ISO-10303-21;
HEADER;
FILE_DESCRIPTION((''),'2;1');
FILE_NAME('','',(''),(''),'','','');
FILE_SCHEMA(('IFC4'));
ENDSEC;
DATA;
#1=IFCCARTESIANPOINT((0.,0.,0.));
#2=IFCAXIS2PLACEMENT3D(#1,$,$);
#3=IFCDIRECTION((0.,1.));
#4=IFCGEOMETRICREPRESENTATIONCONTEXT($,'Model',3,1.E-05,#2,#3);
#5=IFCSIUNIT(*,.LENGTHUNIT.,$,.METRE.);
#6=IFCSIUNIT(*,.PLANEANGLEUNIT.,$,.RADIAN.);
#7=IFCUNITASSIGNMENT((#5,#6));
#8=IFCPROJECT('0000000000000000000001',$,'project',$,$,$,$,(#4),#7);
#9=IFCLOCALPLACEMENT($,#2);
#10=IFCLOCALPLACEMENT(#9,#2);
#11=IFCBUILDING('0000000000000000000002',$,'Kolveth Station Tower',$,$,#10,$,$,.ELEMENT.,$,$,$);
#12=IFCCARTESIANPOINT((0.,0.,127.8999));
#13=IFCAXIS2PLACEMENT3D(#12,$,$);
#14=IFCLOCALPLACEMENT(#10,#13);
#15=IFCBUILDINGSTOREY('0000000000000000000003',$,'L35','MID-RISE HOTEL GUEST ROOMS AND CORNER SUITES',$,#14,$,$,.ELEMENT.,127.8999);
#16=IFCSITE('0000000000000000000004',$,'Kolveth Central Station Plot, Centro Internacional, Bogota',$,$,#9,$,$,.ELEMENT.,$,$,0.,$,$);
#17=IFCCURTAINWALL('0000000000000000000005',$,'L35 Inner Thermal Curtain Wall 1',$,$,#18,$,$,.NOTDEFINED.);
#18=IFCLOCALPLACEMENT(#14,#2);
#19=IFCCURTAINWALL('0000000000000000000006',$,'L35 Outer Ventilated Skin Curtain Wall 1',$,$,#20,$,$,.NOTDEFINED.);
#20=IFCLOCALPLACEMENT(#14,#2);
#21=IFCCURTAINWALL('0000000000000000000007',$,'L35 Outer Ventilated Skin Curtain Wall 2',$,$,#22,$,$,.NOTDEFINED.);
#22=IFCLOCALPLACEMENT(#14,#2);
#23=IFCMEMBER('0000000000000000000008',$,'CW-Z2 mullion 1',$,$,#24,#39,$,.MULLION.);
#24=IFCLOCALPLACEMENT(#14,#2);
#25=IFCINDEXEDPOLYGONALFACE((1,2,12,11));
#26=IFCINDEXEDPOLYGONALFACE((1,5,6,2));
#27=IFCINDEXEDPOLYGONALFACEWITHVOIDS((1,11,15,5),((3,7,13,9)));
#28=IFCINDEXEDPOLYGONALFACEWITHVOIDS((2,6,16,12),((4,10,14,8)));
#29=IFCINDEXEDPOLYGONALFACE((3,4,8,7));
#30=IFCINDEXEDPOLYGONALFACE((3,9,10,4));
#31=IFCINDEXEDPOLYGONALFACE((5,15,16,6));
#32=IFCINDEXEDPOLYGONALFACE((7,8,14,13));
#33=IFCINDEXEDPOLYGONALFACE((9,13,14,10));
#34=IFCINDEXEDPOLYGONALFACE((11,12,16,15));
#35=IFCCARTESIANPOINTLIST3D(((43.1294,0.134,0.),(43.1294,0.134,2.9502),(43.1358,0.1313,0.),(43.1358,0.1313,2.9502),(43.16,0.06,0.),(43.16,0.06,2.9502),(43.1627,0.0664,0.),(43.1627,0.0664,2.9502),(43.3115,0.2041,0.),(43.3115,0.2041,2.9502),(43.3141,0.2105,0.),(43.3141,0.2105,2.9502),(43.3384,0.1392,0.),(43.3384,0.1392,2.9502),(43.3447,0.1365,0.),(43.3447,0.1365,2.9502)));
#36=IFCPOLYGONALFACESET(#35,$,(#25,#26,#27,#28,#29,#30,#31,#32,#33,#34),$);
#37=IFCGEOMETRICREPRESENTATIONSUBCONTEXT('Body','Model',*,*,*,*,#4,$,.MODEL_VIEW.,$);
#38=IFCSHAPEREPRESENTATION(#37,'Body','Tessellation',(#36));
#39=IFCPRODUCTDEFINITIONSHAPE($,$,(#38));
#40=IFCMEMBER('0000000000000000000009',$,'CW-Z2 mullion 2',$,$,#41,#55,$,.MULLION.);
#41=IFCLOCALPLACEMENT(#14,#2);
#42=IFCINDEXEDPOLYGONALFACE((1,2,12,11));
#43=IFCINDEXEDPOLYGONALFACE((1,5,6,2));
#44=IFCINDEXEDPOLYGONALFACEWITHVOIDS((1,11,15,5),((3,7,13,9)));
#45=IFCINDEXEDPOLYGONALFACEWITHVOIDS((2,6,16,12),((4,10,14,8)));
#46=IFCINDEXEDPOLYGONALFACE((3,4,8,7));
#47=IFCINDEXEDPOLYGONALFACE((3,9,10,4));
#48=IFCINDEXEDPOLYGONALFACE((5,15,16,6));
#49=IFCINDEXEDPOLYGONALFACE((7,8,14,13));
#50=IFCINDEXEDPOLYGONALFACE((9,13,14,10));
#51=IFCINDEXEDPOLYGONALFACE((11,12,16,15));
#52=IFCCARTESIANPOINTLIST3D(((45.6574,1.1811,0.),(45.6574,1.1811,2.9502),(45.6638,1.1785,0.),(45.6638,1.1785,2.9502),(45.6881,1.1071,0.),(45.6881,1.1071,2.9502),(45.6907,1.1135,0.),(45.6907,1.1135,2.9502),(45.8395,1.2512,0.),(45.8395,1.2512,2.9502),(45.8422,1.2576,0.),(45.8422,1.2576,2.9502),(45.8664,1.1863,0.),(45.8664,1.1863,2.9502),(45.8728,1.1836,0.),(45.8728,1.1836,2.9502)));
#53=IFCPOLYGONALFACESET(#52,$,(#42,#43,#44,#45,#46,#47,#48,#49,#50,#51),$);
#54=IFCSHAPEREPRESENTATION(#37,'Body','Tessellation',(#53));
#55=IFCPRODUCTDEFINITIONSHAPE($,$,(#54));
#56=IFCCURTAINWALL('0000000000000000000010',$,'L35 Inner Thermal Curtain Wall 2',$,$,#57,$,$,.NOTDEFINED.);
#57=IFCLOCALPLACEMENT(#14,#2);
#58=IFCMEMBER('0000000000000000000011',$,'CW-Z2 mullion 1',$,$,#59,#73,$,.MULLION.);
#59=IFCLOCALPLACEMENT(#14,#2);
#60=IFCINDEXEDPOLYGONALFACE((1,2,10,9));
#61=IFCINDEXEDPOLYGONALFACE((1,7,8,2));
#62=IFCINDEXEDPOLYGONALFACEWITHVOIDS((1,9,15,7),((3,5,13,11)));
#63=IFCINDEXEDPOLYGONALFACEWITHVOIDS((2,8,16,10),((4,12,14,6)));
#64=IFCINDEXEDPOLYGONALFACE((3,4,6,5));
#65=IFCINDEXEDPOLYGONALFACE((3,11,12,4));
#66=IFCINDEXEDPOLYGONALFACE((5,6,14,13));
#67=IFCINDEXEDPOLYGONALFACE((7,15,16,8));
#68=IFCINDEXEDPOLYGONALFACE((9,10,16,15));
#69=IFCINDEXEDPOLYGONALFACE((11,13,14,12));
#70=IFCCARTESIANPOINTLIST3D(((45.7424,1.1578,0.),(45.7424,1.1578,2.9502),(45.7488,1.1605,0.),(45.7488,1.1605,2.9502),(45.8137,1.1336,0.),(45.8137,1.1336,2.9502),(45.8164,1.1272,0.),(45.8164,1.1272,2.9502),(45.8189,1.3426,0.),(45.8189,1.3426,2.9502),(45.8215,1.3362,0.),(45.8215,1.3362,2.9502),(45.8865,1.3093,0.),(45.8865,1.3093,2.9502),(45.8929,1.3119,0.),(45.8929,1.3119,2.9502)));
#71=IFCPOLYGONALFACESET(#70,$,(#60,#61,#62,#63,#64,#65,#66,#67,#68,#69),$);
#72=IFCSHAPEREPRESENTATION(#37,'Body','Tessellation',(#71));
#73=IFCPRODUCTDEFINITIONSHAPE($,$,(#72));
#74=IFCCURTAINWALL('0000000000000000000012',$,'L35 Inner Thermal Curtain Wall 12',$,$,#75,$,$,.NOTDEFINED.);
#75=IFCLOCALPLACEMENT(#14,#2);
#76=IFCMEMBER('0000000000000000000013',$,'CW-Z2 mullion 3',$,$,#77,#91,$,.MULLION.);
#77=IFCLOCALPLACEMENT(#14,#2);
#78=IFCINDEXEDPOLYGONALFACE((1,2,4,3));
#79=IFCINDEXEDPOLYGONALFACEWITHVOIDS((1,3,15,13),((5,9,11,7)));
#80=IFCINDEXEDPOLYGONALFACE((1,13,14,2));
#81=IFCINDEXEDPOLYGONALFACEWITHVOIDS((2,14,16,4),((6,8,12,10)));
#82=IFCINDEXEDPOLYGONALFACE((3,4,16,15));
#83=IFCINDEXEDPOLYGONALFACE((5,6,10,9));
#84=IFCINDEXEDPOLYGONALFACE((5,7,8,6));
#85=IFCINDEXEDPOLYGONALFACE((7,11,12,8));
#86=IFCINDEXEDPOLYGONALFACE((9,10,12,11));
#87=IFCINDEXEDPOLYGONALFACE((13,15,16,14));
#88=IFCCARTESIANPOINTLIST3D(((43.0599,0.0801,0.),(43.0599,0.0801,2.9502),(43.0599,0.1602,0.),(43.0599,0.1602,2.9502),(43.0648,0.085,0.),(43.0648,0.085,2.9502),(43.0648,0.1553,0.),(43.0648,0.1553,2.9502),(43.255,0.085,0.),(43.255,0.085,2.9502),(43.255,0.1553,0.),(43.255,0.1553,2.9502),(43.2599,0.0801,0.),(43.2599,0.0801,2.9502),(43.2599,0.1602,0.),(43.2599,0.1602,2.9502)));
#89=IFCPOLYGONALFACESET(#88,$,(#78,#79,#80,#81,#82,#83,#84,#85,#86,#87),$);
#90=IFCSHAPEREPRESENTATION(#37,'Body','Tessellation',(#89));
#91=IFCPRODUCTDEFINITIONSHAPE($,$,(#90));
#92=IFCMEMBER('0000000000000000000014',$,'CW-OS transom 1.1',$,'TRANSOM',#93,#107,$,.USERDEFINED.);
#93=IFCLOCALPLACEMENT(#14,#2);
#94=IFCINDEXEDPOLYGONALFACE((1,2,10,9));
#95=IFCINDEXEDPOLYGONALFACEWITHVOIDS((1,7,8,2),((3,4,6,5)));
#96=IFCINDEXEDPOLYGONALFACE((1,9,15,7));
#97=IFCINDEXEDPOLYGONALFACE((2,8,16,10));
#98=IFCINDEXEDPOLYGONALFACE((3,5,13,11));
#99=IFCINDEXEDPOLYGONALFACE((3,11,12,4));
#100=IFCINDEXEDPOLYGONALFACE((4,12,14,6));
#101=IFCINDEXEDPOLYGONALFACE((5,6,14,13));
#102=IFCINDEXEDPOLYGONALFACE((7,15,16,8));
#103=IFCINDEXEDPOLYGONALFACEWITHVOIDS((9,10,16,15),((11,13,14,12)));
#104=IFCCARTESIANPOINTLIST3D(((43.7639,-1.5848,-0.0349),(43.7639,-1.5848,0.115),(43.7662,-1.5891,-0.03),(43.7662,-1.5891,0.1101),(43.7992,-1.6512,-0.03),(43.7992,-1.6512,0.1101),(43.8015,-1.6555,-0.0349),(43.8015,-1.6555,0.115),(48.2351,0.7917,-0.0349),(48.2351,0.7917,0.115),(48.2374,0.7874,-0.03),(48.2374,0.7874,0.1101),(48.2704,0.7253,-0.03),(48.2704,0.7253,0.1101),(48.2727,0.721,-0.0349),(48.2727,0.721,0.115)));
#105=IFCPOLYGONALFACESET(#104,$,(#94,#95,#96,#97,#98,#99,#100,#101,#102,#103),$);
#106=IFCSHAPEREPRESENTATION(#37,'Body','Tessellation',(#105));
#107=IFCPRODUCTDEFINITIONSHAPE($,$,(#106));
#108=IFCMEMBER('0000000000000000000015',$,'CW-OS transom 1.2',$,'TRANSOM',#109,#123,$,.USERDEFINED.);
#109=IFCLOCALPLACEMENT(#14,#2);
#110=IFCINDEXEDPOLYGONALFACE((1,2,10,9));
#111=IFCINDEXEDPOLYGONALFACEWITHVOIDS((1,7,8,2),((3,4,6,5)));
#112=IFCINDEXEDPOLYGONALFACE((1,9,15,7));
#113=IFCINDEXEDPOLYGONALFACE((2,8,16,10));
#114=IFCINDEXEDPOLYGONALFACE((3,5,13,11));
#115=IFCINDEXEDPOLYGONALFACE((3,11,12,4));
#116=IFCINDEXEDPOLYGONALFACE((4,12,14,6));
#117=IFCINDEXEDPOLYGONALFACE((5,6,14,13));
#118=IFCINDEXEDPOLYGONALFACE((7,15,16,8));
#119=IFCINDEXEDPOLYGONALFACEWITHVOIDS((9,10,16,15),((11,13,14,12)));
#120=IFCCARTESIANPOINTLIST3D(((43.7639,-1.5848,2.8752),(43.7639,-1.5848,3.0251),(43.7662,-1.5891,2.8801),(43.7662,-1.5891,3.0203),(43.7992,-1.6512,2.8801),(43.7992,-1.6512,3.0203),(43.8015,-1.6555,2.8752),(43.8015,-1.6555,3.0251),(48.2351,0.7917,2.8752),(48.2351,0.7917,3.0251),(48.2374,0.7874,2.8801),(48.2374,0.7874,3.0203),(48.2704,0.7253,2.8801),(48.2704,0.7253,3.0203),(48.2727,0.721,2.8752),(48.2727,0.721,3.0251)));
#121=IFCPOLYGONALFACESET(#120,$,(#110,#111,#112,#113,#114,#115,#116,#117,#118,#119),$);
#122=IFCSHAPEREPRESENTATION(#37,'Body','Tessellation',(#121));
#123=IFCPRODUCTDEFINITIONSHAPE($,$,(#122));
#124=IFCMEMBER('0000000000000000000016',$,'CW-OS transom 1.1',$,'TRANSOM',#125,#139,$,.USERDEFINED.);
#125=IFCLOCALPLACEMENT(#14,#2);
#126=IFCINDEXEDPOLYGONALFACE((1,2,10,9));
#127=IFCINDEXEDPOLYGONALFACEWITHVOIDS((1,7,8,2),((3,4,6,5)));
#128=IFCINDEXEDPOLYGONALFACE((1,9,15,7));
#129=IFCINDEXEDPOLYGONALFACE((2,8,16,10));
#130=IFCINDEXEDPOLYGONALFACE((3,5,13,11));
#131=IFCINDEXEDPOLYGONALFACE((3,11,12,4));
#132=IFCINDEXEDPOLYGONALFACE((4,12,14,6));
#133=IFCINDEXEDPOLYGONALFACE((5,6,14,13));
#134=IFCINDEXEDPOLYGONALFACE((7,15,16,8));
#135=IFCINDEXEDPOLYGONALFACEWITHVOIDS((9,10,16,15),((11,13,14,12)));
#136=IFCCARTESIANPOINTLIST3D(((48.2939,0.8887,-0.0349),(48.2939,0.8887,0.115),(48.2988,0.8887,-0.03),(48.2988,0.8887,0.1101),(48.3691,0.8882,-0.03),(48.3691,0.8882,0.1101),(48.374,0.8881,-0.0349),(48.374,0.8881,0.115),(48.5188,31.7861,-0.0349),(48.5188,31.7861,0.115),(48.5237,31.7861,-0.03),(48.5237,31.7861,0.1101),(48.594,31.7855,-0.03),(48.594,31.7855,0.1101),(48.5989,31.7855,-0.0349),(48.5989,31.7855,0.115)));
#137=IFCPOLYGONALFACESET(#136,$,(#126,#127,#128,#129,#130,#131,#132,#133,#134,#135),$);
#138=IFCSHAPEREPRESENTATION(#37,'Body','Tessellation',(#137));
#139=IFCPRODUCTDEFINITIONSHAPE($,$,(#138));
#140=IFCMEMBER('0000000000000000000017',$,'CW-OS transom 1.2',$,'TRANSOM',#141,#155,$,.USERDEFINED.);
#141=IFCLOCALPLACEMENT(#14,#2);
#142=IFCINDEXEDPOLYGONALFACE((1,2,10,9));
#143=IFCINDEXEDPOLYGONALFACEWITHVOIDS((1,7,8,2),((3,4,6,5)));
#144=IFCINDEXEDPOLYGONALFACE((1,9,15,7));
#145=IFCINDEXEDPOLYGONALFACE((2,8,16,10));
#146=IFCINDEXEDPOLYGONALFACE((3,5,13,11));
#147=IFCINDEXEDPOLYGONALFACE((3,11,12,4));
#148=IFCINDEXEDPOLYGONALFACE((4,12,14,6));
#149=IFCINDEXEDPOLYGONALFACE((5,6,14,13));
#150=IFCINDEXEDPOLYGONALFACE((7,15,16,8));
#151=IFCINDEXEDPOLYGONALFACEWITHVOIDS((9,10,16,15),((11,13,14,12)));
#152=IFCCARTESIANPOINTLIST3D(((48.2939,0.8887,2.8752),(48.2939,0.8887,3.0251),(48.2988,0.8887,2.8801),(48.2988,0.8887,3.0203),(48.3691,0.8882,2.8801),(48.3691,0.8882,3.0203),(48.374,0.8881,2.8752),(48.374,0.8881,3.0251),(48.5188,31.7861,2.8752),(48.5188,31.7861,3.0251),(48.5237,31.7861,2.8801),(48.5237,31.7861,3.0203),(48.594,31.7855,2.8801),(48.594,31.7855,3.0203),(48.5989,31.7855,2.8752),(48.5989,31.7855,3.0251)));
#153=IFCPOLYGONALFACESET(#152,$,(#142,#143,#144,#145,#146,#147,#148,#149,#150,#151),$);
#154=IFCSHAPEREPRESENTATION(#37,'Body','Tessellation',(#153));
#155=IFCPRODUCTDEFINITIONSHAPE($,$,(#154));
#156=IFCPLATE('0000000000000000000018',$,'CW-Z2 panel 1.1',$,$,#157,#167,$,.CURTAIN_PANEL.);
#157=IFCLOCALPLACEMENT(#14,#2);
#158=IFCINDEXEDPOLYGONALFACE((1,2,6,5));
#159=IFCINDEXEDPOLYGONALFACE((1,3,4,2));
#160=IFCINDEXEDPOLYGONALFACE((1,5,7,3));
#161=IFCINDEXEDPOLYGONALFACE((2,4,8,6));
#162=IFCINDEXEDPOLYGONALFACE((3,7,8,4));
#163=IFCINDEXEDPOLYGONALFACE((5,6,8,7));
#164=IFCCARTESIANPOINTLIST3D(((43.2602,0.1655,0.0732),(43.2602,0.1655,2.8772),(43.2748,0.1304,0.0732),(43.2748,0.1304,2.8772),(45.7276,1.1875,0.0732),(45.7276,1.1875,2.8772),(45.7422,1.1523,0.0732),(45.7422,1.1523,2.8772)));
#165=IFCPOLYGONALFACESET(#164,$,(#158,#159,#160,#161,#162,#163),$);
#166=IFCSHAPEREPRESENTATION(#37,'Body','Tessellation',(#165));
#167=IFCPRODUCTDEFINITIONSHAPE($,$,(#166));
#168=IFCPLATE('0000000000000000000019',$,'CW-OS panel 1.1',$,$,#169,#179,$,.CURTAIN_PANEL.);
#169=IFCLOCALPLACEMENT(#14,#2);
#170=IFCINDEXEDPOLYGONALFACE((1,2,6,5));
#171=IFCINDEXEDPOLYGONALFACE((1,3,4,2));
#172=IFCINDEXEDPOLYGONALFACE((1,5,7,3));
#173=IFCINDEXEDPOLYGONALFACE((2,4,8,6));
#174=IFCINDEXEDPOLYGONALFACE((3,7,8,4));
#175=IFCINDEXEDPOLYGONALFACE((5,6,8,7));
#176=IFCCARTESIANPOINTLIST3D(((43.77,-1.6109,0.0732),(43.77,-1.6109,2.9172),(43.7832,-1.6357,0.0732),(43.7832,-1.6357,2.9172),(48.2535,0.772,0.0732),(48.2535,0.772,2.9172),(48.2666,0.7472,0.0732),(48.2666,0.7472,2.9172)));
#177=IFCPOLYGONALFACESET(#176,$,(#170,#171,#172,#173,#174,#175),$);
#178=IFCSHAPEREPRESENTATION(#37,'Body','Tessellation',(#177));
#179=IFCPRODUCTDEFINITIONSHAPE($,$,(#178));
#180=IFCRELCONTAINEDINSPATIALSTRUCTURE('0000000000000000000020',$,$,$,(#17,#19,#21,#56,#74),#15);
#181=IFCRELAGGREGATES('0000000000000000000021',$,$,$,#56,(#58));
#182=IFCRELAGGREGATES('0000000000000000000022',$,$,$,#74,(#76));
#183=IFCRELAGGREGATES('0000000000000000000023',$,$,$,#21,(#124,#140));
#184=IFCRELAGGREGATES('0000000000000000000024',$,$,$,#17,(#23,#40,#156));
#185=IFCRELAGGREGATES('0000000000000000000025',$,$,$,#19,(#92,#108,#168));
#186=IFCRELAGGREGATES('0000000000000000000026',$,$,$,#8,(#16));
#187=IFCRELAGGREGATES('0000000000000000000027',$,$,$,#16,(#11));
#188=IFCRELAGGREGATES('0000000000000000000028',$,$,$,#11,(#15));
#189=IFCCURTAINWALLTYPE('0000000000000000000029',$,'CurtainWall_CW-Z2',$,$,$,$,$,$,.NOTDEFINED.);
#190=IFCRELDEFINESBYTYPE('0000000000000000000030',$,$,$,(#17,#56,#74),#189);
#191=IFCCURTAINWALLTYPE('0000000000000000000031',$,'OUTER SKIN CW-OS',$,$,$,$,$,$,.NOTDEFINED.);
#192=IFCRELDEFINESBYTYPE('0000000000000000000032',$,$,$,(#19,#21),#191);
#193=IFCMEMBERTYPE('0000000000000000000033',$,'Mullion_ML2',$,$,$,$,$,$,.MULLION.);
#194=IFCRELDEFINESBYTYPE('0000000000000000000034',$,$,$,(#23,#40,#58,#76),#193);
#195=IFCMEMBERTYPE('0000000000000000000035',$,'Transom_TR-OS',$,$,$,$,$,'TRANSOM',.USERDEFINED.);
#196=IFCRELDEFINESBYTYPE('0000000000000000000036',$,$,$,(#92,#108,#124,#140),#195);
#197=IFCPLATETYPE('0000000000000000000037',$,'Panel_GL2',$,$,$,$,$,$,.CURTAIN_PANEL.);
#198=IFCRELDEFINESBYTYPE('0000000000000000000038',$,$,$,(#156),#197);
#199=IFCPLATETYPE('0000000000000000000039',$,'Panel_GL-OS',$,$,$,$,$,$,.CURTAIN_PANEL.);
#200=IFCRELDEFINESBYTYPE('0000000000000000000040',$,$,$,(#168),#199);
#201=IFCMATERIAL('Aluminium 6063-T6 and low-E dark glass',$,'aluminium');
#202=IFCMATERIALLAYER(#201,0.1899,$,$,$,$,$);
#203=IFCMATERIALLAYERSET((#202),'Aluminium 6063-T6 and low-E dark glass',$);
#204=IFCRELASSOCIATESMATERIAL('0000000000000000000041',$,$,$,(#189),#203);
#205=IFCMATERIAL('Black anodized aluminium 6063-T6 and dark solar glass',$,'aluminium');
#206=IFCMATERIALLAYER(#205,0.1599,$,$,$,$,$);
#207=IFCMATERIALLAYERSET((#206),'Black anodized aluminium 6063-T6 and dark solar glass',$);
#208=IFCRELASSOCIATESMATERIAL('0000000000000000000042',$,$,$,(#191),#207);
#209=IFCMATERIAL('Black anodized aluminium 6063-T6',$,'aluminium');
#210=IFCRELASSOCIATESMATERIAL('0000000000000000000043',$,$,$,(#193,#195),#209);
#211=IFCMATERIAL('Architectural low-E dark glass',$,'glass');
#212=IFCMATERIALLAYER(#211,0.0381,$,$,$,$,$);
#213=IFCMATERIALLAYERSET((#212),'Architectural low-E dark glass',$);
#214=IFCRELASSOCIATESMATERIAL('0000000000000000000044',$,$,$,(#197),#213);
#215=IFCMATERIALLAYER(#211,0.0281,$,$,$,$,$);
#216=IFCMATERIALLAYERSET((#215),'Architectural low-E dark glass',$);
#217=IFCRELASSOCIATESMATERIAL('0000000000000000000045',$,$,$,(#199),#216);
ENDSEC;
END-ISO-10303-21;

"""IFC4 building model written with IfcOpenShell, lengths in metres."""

from ifc_helpers import new_model, si_unit, direction, frame, origin, origin_2d, place, context, subcontext, project, spatial, rectangle, hollow_rectangle, extrude, source, transform, mapped, material, layer, layer_set, material_profile, profile_set, type_object, element, aggregate, save


model = new_model("IFC4")

# Units and contexts
model_context = context("Model", 3, precision=1e-05, world=origin(), true_north=direction((0.0, 1.0)))
body_context = subcontext(model_context, "Body", "Model", "MODEL_VIEW")
ifc_project = project(units=[si_unit("LENGTHUNIT", "METRE"), si_unit("PLANEANGLEUNIT", "RADIAN")], contexts=[model_context])

# Site, building, storey
site_placement = place(None, origin())
site = spatial("IfcSite", under=ifc_project, at=site_placement, Name="Kolveth Central Station Plot, Centro Internacional, Bogota", CompositionType="ELEMENT", RefElevation=0.0)
building_placement = place(site_placement, origin())
building = spatial("IfcBuilding", under=site, at=building_placement, Name="Kolveth Station Tower", CompositionType="ELEMENT")
storey_placement = place(building_placement, frame((0.0, 0.0, 127.8999)))
storey = spatial("IfcBuildingStorey", under=building, at=storey_placement, Name="L35", Description="MID-RISE HOTEL GUEST ROOMS AND CORNER SUITES", CompositionType="ELEMENT", Elevation=127.8999)

# Curtain walls
ifc_material_1 = material(Name="Aluminium 6063-T6 and low-E dark glass", Category="aluminium")
ifc_layer_1 = layer(ifc_material_1, 0.1899)
ifc_layer_set_1 = layer_set([ifc_layer_1], Name="Aluminium 6063-T6 and low-E dark glass")
curtain_wall_type_1 = type_object("IfcCurtainWallType", Name="CurtainWall_CW-Z2", PredefinedType="NOTDEFINED", material=ifc_layer_set_1)
curtain_wall_1_placement = place(storey_placement, origin())
curtain_wall_1 = element("IfcCurtainWall", 1, at=curtain_wall_1_placement, inside=storey, type_object=curtain_wall_type_1, Name="L35 Inner Thermal Curtain Wall 1", PredefinedType="NOTDEFINED")
ifc_material_2 = material(Name="Black anodized aluminium 6063-T6", Category="aluminium")
ifc_material_3 = material(Name="Black anodized aluminium 6063-T6 and dark solar glass", Category="aluminium")
ifc_layer_2 = layer(ifc_material_3, 0.1599)
ifc_layer_set_2 = layer_set([ifc_layer_2], Name="Black anodized aluminium 6063-T6 and dark solar glass")
curtain_wall_type_2 = type_object("IfcCurtainWallType", Name="OUTER SKIN CW-OS", PredefinedType="NOTDEFINED", material=ifc_layer_set_2)
curtain_wall_2_placement = place(storey_placement, origin())
curtain_wall_2 = element("IfcCurtainWall", 2, at=curtain_wall_2_placement, inside=storey, type_object=curtain_wall_type_2, Name="L35 Outer Ventilated Skin Curtain Wall 1", PredefinedType="NOTDEFINED")

# Curtain wall
curtain_wall_3_placement = place(storey_placement, origin())
curtain_wall_3 = element("IfcCurtainWall", 3, at=curtain_wall_3_placement, inside=storey, type_object=curtain_wall_type_2, Name="L35 Outer Ventilated Skin Curtain Wall 2", PredefinedType="NOTDEFINED")

# Members
ifc_material_profile_1 = material_profile(ifc_material_2, hollow_rectangle(XDim=0.0801, YDim=0.2, WallThickness=0.0049, at=origin_2d()), Name="ALU-80x200x5")
ifc_profile_set_1 = profile_set([ifc_material_profile_1], Name="Black anodized aluminium 6063-T6")
member_type_1 = type_object("IfcMemberType", Name="Mullion_ML2", PredefinedType="MULLION", material=ifc_profile_set_1)
shared_shape_1 = source(origin(), body_context, "Body", "SweptSolid", [
    extrude(hollow_rectangle(XDim=0.0801, YDim=0.2, WallThickness=0.0049, at=origin_2d()), origin(), (0.0, 0.0, 1.0), 2.9502),
])
member_1_placement = place(storey_placement, frame((43.2371, 0.1353, 0.0), z_axis=(0.0, 0.0, 1.0), x_axis=(-0.382663, 0.923888, 0.0)))
member_1 = element("IfcMember", 4, at=member_1_placement, type_object=member_type_1, Name="CW-Z2 mullion 1", PredefinedType="MULLION", context=body_context, shape_type="MappedRepresentation", body=[
    mapped(shared_shape_1, transform((0.0, 0.0, 0.0), x_axis=(1.0, 0.0, 0.0), y_axis=(0.0, 1.0, 0.0), z_axis=(0.0, 0.0, 1.0), scale=1.0)),
])
member_2_placement = place(storey_placement, frame((45.7651, 1.1824, 0.0), z_axis=(0.0, 0.0, 1.0), x_axis=(-0.382663, 0.923888, 0.0)))
member_2 = element("IfcMember", 5, at=member_2_placement, type_object=member_type_1, Name="CW-Z2 mullion 2", PredefinedType="MULLION", context=body_context, shape_type="MappedRepresentation", body=[
    mapped(shared_shape_1, transform((0.0, 0.0, 0.0), x_axis=(1.0, 0.0, 0.0), y_axis=(0.0, 1.0, 0.0), z_axis=(0.0, 0.0, 1.0), scale=1.0)),
])

# Curtain walls, members
curtain_wall_4_placement = place(storey_placement, origin())
curtain_wall_4 = element("IfcCurtainWall", 6, at=curtain_wall_4_placement, inside=storey, type_object=curtain_wall_type_1, Name="L35 Inner Thermal Curtain Wall 2", PredefinedType="NOTDEFINED")
member_3_placement = place(storey_placement, frame((45.8176, 1.2349, 0.0), z_axis=(0.0, 0.0, 1.0), x_axis=(-0.923888, 0.382663, 0.0)))
member_3 = element("IfcMember", 7, at=member_3_placement, type_object=member_type_1, Name="CW-Z2 mullion 1", PredefinedType="MULLION", context=body_context, shape_type="MappedRepresentation", body=[
    mapped(shared_shape_1, transform((0.0, 0.0, 0.0), x_axis=(1.0, 0.0, 0.0), y_axis=(0.0, 1.0, 0.0), z_axis=(0.0, 0.0, 1.0), scale=1.0)),
])
aggregate(curtain_wall_4, [member_3])
curtain_wall_5_placement = place(storey_placement, origin())
curtain_wall_5 = element("IfcCurtainWall", 8, at=curtain_wall_5_placement, inside=storey, type_object=curtain_wall_type_1, Name="L35 Inner Thermal Curtain Wall 12", PredefinedType="NOTDEFINED")
member_4_placement = place(storey_placement, frame((43.1599, 0.1201, 0.0), z_axis=(0.0, 0.0, 1.0), x_axis=(0.0, 1.0, 0.0)))
member_4 = element("IfcMember", 9, at=member_4_placement, type_object=member_type_1, Name="CW-Z2 mullion 3", PredefinedType="MULLION", context=body_context, shape_type="MappedRepresentation", body=[
    mapped(shared_shape_1, transform((0.0, 0.0, 0.0), x_axis=(1.0, 0.0, 0.0), y_axis=(0.0, 1.0, 0.0), z_axis=(0.0, 0.0, 1.0), scale=1.0)),
])
aggregate(curtain_wall_5, [member_4])

# Members
ifc_material_profile_2 = material_profile(ifc_material_2, hollow_rectangle(XDim=0.0801, YDim=0.1499, WallThickness=0.0049, at=origin_2d()), Name="ALU-80x150x5")
ifc_profile_set_2 = profile_set([ifc_material_profile_2], Name="Black anodized aluminium 6063-T6")
member_type_2 = type_object("IfcMemberType", Name="Transom_TR-OS", ElementType="TRANSOM", PredefinedType="USERDEFINED", material=ifc_profile_set_2)
shared_shape_2 = source(origin(), body_context, "Body", "SweptSolid", [
    extrude(hollow_rectangle(XDim=0.0801, YDim=0.1499, WallThickness=0.0049, at=origin_2d()), origin(), (0.0, 0.0, 1.0), 5.0635),
])
member_5_placement = place(storey_placement, frame((43.7827, -1.6201, 0.04), z_axis=(0.883022, 0.469331, 0.0), x_axis=(-0.469331, 0.883022, 0.0)))
member_5 = element("IfcMember", 10, at=member_5_placement, type_object=member_type_2, Name="CW-OS transom 1.1", ObjectType="TRANSOM", PredefinedType="USERDEFINED", context=body_context, shape_type="MappedRepresentation", body=[
    mapped(shared_shape_2, transform((0.0, 0.0, 0.0), x_axis=(1.0, 0.0, 0.0), y_axis=(0.0, 1.0, 0.0), z_axis=(0.0, 0.0, 1.0), scale=1.0)),
])
member_6_placement = place(storey_placement, frame((43.7827, -1.6201, 2.9502), z_axis=(0.883022, 0.469331, 0.0), x_axis=(-0.469331, 0.883022, 0.0)))
member_6 = element("IfcMember", 11, at=member_6_placement, type_object=member_type_2, Name="CW-OS transom 1.2", ObjectType="TRANSOM", PredefinedType="USERDEFINED", context=body_context, shape_type="MappedRepresentation", body=[
    mapped(shared_shape_2, transform((0.0, 0.0, 0.0), x_axis=(1.0, 0.0, 0.0), y_axis=(0.0, 1.0, 0.0), z_axis=(0.0, 0.0, 1.0), scale=1.0)),
])
shared_shape_3 = source(origin(), body_context, "Body", "SweptSolid", [
    extrude(hollow_rectangle(XDim=0.0801, YDim=0.1499, WallThickness=0.0049, at=origin_2d()), origin(), (0.0, 0.0, 1.0), 30.8982),
])
member_7_placement = place(storey_placement, frame((48.334, 0.8884, 0.04), z_axis=(0.007277, 0.999974, 0.0), x_axis=(-0.999974, 0.007277, 0.0)))
member_7 = element("IfcMember", 12, at=member_7_placement, type_object=member_type_2, Name="CW-OS transom 1.1", ObjectType="TRANSOM", PredefinedType="USERDEFINED", context=body_context, shape_type="MappedRepresentation", body=[
    mapped(shared_shape_3, transform((0.0, 0.0, 0.0), x_axis=(1.0, 0.0, 0.0), y_axis=(0.0, 1.0, 0.0), z_axis=(0.0, 0.0, 1.0), scale=1.0)),
])
member_8_placement = place(storey_placement, frame((48.334, 0.8884, 2.9502), z_axis=(0.007277, 0.999974, 0.0), x_axis=(-0.999974, 0.007277, 0.0)))
member_8 = element("IfcMember", 13, at=member_8_placement, type_object=member_type_2, Name="CW-OS transom 1.2", ObjectType="TRANSOM", PredefinedType="USERDEFINED", context=body_context, shape_type="MappedRepresentation", body=[
    mapped(shared_shape_3, transform((0.0, 0.0, 0.0), x_axis=(1.0, 0.0, 0.0), y_axis=(0.0, 1.0, 0.0), z_axis=(0.0, 0.0, 1.0), scale=1.0)),
])
aggregate(curtain_wall_3, [member_7, member_8])

# Plates
ifc_material_4 = material(Name="Architectural low-E dark glass", Category="glass")
ifc_layer_3 = layer(ifc_material_4, 0.0381)
ifc_layer_set_3 = layer_set([ifc_layer_3], Name="Architectural low-E dark glass")
plate_type_1 = type_object("IfcPlateType", Name="Panel_GL2", PredefinedType="CURTAIN_PANEL", material=ifc_layer_set_3)
shared_shape_4 = source(origin(), body_context, "Body", "SweptSolid", [
    extrude(rectangle(XDim=2.6707, YDim=0.0381, at=origin_2d()), origin(), (0.0, 0.0, 1.0), 2.804),
])
plate_1_placement = place(storey_placement, frame((44.5012, 0.6589, 0.0732), z_axis=(0.0, 0.0, 1.0), x_axis=(0.923888, 0.382663, 0.0)))
plate_1 = element("IfcPlate", 14, at=plate_1_placement, type_object=plate_type_1, Name="CW-Z2 panel 1.1", PredefinedType="CURTAIN_PANEL", context=body_context, shape_type="MappedRepresentation", body=[
    mapped(shared_shape_4, transform((0.0, 0.0, 0.0), x_axis=(1.0, 0.0, 0.0), y_axis=(0.0, 1.0, 0.0), z_axis=(0.0, 0.0, 1.0), scale=1.0)),
])
aggregate(curtain_wall_1, [member_1, member_2, plate_1])
ifc_layer_4 = layer(ifc_material_4, 0.0281)
ifc_layer_set_4 = layer_set([ifc_layer_4], Name="Architectural low-E dark glass")
plate_type_2 = type_object("IfcPlateType", Name="Panel_GL-OS", PredefinedType="CURTAIN_PANEL", material=ifc_layer_set_4)
shared_shape_5 = source(origin(), body_context, "Body", "SweptSolid", [
    extrude(rectangle(XDim=5.0774, YDim=0.0281, at=origin_2d()), origin(), (0.0, 0.0, 1.0), 2.844),
])
plate_2_placement = place(storey_placement, frame((46.0183, -0.4319, 0.0732), z_axis=(0.0, 0.0, 1.0), x_axis=(0.883028, 0.46932, 0.0)))
plate_2 = element("IfcPlate", 15, at=plate_2_placement, type_object=plate_type_2, Name="CW-OS panel 1.1", PredefinedType="CURTAIN_PANEL", context=body_context, shape_type="MappedRepresentation", body=[
    mapped(shared_shape_5, transform((0.0, 0.0, 0.0), x_axis=(1.0, 0.0, 0.0), y_axis=(0.0, 1.0, 0.0), z_axis=(0.0, 0.0, 1.0), scale=1.0)),
])
aggregate(curtain_wall_2, [member_5, member_6, plate_2])

save(model, "model.ifc")
